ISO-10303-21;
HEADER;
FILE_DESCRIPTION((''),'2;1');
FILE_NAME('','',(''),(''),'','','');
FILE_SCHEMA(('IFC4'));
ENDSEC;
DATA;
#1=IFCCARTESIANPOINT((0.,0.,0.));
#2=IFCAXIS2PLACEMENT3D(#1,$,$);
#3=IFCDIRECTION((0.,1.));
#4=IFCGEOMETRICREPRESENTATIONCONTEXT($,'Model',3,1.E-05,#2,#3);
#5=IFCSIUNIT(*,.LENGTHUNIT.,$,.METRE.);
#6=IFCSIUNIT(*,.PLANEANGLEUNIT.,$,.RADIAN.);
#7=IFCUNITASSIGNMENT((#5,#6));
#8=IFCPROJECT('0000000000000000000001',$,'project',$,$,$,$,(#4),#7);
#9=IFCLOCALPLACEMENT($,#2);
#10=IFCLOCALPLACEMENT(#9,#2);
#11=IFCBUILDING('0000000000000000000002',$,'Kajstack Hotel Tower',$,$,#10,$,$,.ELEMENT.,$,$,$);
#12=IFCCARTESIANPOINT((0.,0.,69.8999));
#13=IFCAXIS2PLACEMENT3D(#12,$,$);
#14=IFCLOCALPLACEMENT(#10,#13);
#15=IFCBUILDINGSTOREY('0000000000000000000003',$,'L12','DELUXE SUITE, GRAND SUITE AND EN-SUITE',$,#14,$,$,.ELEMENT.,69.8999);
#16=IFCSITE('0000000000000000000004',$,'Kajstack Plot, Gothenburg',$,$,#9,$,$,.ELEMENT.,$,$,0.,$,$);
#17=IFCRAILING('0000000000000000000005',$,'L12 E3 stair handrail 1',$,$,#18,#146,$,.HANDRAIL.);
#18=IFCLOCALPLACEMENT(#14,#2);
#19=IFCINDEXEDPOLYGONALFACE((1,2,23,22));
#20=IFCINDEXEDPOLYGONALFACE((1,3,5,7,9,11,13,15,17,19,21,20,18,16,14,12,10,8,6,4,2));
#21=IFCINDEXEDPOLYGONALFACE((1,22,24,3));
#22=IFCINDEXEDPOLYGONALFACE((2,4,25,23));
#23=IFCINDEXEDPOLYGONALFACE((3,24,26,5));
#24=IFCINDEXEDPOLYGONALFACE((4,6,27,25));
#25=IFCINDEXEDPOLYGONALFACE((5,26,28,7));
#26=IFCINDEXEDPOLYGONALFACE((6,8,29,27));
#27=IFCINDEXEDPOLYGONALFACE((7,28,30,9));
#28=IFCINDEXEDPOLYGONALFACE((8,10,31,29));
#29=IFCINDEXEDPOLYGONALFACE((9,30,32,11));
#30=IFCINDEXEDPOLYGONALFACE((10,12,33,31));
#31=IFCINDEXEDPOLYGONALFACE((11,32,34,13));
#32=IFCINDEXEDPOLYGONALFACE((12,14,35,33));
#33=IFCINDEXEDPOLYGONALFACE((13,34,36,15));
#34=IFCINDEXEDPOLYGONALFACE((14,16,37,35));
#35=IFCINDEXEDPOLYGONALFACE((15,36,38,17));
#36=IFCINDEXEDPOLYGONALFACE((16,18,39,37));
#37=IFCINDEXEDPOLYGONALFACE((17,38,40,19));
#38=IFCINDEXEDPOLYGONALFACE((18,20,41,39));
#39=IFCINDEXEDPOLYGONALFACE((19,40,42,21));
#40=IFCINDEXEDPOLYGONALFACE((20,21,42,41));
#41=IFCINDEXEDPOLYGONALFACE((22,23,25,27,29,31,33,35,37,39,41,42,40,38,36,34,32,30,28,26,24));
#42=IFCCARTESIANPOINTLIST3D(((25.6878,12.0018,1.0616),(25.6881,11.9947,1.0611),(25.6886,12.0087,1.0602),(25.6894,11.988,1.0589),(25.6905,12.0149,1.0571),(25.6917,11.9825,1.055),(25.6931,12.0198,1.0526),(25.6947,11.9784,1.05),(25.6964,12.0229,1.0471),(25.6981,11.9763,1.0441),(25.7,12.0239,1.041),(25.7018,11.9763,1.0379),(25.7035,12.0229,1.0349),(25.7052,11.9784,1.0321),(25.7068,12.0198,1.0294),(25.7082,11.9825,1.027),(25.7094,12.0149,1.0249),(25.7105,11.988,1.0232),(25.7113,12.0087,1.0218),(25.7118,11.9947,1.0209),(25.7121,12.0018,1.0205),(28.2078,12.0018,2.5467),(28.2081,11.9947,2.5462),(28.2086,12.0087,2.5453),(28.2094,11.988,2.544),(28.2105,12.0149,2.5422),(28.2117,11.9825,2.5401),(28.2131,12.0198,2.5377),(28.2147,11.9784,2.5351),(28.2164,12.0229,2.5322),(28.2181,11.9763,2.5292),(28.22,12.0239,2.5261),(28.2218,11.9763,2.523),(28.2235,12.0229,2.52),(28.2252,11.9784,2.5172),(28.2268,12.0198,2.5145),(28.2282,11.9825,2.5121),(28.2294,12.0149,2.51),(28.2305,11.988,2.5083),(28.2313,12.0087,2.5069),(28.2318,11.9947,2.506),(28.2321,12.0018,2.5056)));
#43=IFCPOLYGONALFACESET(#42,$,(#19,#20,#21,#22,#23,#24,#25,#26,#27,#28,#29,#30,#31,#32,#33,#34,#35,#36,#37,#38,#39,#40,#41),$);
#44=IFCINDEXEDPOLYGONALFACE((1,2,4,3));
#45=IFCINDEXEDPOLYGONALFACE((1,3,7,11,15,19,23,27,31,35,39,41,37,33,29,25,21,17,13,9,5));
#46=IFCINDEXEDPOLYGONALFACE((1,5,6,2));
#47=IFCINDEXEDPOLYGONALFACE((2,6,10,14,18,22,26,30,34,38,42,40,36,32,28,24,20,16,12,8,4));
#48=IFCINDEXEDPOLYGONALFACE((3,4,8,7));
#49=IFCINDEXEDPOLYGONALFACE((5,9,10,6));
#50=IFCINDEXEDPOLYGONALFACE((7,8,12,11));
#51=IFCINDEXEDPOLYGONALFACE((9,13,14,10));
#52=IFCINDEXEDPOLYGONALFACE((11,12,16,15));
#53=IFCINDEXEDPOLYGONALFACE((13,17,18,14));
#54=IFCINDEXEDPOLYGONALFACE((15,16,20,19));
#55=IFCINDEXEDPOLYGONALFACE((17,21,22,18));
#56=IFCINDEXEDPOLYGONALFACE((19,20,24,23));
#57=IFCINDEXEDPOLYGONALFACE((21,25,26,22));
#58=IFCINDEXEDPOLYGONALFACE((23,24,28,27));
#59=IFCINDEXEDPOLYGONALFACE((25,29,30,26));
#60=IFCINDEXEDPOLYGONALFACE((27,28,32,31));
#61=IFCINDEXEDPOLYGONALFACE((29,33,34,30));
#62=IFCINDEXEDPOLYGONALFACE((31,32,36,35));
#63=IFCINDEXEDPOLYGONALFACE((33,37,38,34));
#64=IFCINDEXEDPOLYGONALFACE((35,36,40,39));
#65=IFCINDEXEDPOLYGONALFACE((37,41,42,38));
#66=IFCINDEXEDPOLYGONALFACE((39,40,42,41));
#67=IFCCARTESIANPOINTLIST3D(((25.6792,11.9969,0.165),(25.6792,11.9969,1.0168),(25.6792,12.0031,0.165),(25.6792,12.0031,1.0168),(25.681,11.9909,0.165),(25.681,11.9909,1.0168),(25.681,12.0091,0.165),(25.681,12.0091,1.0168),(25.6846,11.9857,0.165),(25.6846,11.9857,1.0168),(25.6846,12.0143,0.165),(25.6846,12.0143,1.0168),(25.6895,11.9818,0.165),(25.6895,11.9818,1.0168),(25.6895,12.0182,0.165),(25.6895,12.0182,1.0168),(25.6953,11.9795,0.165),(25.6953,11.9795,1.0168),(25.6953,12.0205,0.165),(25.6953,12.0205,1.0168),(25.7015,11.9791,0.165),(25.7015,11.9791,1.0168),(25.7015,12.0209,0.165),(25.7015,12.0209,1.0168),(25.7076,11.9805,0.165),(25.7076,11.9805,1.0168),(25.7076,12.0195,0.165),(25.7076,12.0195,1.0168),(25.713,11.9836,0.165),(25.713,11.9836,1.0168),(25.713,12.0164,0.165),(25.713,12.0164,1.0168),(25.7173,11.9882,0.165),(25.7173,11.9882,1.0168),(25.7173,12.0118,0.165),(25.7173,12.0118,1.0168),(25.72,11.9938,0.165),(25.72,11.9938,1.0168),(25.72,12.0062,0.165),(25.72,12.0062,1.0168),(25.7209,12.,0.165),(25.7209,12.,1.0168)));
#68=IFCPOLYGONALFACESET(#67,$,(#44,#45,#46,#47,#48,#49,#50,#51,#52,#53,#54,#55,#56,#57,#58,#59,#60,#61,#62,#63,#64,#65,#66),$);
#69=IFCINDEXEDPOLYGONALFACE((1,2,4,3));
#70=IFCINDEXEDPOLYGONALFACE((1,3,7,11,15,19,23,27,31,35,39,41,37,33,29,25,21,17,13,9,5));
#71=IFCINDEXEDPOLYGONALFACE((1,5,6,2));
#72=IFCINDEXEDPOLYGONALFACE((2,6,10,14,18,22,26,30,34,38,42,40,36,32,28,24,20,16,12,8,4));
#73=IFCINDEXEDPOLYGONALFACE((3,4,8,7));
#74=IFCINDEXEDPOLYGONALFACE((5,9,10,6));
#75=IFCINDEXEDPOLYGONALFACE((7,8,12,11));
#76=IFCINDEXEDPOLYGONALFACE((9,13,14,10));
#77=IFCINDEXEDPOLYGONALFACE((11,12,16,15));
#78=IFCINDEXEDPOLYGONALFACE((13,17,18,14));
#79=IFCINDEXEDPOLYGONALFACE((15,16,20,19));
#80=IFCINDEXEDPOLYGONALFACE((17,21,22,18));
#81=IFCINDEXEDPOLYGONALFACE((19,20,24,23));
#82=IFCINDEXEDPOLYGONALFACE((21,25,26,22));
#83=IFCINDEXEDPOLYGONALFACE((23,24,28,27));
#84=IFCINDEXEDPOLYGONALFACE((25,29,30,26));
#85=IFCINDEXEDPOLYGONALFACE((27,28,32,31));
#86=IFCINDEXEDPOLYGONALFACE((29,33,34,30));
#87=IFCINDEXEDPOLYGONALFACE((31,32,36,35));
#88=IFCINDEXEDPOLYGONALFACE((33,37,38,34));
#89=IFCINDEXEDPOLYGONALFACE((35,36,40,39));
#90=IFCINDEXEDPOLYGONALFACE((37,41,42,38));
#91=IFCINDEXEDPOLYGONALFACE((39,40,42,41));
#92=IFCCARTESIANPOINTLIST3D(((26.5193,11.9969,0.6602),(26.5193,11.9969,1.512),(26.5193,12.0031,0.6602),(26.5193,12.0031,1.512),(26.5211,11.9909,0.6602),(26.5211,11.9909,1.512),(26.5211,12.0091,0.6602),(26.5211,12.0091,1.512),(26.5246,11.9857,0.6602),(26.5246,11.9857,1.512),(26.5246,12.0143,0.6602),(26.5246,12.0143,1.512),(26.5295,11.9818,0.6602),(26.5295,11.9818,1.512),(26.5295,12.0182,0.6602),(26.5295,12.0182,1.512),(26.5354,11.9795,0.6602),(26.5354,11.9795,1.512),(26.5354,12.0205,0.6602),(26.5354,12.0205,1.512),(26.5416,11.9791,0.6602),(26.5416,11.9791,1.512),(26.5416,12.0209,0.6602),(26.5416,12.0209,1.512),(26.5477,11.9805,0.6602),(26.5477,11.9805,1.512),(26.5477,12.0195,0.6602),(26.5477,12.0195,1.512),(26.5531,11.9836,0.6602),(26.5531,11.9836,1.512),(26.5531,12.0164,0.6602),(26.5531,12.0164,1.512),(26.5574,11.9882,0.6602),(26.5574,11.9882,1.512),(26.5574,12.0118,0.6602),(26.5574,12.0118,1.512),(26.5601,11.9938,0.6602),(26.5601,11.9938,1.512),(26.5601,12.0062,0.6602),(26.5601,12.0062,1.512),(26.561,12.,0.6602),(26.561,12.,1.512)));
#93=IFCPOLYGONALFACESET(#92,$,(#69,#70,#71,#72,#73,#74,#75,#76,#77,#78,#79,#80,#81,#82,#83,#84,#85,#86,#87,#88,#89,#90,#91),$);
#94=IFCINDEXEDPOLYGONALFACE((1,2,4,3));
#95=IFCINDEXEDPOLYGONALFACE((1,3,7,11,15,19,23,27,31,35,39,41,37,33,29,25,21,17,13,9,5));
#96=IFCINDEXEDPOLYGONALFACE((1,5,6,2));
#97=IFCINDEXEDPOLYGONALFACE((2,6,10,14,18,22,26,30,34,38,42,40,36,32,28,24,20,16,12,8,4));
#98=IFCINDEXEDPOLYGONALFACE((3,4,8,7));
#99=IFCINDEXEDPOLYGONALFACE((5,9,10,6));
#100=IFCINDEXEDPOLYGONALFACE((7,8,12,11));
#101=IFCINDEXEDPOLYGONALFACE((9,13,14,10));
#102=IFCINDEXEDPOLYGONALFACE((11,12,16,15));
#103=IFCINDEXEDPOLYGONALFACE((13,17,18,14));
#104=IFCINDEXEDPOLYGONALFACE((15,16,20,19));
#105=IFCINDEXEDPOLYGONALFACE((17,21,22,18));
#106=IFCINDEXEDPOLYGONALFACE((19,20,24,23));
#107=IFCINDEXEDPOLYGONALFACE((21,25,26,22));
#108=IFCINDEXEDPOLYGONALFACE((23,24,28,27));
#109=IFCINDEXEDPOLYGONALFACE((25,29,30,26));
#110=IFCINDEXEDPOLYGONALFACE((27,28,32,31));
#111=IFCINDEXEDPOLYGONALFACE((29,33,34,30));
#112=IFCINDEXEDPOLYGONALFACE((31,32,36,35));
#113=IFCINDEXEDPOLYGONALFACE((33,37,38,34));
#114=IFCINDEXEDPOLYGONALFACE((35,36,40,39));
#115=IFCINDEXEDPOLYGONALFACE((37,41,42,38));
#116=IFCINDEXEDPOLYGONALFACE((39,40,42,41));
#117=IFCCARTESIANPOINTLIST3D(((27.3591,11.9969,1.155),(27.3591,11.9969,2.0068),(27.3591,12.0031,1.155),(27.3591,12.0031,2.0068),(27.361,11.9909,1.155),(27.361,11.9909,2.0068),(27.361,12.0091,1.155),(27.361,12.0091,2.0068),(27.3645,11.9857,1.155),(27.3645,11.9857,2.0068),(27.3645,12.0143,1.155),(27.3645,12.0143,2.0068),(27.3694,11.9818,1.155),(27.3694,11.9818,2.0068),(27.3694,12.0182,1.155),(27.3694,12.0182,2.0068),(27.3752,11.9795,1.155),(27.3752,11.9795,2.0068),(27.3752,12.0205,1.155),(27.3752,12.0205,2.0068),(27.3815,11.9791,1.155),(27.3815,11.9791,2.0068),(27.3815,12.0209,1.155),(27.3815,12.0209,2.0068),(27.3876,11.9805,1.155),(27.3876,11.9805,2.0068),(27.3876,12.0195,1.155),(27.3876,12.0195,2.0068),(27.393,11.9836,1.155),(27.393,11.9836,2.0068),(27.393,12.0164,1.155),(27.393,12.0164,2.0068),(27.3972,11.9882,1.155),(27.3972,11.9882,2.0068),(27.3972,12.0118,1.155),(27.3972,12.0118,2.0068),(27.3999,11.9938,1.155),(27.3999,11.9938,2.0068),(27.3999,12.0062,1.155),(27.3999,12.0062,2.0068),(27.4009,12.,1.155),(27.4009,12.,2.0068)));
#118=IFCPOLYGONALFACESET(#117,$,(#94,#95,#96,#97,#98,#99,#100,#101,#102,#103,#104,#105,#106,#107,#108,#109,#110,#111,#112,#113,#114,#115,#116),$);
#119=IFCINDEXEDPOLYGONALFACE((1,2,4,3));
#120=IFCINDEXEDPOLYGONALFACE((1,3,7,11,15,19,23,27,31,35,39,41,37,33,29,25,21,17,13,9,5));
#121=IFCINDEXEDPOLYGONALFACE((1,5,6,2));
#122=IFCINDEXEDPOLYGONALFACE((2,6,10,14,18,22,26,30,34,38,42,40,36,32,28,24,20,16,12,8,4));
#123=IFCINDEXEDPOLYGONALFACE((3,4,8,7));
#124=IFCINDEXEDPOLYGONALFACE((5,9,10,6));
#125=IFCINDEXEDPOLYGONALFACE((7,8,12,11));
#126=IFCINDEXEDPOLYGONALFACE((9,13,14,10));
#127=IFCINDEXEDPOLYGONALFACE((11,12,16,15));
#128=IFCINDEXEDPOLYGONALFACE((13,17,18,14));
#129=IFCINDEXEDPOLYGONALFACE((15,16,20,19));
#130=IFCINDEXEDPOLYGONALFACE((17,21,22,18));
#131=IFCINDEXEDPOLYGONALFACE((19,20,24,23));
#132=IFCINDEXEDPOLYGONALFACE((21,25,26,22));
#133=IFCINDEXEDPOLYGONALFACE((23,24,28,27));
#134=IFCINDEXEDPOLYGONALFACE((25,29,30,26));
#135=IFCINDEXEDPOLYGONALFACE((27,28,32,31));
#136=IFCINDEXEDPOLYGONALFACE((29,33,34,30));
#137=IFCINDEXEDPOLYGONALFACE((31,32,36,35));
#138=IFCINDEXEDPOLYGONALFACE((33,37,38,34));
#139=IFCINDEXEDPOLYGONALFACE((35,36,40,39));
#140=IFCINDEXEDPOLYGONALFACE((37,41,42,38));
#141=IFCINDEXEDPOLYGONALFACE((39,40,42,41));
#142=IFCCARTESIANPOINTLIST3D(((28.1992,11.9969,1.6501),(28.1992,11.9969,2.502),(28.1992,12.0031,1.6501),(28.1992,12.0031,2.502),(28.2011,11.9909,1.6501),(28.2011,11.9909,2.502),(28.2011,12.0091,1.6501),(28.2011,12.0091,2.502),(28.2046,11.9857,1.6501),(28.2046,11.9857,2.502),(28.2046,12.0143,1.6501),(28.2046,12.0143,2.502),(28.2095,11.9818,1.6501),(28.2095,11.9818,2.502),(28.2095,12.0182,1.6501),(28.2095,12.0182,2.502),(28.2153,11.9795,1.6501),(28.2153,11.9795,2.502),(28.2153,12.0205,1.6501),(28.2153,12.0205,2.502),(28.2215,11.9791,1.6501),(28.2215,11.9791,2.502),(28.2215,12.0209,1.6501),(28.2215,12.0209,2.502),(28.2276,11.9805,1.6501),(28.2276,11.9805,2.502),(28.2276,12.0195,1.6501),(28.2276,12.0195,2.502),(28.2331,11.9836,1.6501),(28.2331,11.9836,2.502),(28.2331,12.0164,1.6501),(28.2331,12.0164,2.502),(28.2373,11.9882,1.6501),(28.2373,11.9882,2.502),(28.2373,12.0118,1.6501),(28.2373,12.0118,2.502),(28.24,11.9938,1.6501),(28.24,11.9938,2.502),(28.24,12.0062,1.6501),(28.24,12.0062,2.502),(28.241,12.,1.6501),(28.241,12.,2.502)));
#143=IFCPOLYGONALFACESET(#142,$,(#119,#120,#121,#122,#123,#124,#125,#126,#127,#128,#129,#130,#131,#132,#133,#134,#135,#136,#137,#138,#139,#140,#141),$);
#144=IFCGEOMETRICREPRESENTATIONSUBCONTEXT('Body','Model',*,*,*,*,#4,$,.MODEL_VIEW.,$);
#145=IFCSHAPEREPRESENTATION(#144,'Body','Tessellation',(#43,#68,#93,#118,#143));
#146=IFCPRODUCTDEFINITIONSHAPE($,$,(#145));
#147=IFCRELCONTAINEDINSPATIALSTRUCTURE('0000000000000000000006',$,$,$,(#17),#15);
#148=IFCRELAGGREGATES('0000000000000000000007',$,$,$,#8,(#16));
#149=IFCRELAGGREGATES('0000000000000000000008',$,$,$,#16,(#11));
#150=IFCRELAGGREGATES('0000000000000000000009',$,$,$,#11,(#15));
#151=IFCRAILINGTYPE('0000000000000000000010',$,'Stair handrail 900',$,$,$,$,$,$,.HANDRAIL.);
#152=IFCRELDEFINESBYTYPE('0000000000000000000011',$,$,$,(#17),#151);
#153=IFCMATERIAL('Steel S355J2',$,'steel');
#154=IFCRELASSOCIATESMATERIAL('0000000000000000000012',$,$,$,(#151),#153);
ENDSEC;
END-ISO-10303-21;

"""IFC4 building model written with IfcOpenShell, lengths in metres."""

from ifc_helpers import new_model, si_unit, direction, frame, origin, origin_2d, place, context, subcontext, project, spatial, circle, extrude, material, type_object, element, save


model = new_model("IFC4")

# Units and contexts
model_context = context("Model", 3, precision=1e-05, world=origin(), true_north=direction((0.0, 1.0)))
body_context = subcontext(model_context, "Body", "Model", "MODEL_VIEW")
ifc_project = project(units=[si_unit("LENGTHUNIT", "METRE"), si_unit("PLANEANGLEUNIT", "RADIAN")], contexts=[model_context])

# Site, building, storey
site_placement = place(None, origin())
site = spatial("IfcSite", under=ifc_project, at=site_placement, Name="Kajstack Plot, Gothenburg", CompositionType="ELEMENT", RefElevation=0.0)
building_placement = place(site_placement, origin())
building = spatial("IfcBuilding", under=site, at=building_placement, Name="Kajstack Hotel Tower", CompositionType="ELEMENT")
storey_placement = place(building_placement, frame((0.0, 0.0, 69.8999)))
storey = spatial("IfcBuildingStorey", under=building, at=storey_placement, Name="L12", Description="DELUXE SUITE, GRAND SUITE AND EN-SUITE", CompositionType="ELEMENT", Elevation=69.8999)

# Railing
ifc_material_1 = material(Name="Steel S355J2", Category="steel")
railing_type_1 = type_object("IfcRailingType", Name="Stair handrail 900", PredefinedType="HANDRAIL", material=ifc_material_1)
railing_1_placement = place(storey_placement, frame((25.7, 12.0, 0.165)))
element("IfcRailing", 1, at=railing_1_placement, inside=storey, type_object=railing_type_1, Name="L12 E3 stair handrail 1", PredefinedType="HANDRAIL", context=body_context, shape_type="SweptSolid", body=[
    extrude(circle(Radius=0.0239, at=origin_2d()), frame((0.0, 0.0, 0.876), z_axis=(0.861524, 0.0, 0.507717), x_axis=(0.0, 1.0, 0.0)), (0.0, 0.0, 1.0), 2.925),
    extrude(circle(Radius=0.021, at=origin_2d()), origin(), (0.0, 0.0, 1.0), 0.8518),
    extrude(circle(Radius=0.021, at=origin_2d()), frame((0.8401, 0.0, 0.4951)), (0.0, 0.0, 1.0), 0.8518),
    extrude(circle(Radius=0.021, at=origin_2d()), frame((1.6799, 0.0, 0.99)), (0.0, 0.0, 1.0), 0.8518),
    extrude(circle(Radius=0.021, at=origin_2d()), frame((2.52, 0.0, 1.4851)), (0.0, 0.0, 1.0), 0.8518),
])

save(model, "model.ifc")
